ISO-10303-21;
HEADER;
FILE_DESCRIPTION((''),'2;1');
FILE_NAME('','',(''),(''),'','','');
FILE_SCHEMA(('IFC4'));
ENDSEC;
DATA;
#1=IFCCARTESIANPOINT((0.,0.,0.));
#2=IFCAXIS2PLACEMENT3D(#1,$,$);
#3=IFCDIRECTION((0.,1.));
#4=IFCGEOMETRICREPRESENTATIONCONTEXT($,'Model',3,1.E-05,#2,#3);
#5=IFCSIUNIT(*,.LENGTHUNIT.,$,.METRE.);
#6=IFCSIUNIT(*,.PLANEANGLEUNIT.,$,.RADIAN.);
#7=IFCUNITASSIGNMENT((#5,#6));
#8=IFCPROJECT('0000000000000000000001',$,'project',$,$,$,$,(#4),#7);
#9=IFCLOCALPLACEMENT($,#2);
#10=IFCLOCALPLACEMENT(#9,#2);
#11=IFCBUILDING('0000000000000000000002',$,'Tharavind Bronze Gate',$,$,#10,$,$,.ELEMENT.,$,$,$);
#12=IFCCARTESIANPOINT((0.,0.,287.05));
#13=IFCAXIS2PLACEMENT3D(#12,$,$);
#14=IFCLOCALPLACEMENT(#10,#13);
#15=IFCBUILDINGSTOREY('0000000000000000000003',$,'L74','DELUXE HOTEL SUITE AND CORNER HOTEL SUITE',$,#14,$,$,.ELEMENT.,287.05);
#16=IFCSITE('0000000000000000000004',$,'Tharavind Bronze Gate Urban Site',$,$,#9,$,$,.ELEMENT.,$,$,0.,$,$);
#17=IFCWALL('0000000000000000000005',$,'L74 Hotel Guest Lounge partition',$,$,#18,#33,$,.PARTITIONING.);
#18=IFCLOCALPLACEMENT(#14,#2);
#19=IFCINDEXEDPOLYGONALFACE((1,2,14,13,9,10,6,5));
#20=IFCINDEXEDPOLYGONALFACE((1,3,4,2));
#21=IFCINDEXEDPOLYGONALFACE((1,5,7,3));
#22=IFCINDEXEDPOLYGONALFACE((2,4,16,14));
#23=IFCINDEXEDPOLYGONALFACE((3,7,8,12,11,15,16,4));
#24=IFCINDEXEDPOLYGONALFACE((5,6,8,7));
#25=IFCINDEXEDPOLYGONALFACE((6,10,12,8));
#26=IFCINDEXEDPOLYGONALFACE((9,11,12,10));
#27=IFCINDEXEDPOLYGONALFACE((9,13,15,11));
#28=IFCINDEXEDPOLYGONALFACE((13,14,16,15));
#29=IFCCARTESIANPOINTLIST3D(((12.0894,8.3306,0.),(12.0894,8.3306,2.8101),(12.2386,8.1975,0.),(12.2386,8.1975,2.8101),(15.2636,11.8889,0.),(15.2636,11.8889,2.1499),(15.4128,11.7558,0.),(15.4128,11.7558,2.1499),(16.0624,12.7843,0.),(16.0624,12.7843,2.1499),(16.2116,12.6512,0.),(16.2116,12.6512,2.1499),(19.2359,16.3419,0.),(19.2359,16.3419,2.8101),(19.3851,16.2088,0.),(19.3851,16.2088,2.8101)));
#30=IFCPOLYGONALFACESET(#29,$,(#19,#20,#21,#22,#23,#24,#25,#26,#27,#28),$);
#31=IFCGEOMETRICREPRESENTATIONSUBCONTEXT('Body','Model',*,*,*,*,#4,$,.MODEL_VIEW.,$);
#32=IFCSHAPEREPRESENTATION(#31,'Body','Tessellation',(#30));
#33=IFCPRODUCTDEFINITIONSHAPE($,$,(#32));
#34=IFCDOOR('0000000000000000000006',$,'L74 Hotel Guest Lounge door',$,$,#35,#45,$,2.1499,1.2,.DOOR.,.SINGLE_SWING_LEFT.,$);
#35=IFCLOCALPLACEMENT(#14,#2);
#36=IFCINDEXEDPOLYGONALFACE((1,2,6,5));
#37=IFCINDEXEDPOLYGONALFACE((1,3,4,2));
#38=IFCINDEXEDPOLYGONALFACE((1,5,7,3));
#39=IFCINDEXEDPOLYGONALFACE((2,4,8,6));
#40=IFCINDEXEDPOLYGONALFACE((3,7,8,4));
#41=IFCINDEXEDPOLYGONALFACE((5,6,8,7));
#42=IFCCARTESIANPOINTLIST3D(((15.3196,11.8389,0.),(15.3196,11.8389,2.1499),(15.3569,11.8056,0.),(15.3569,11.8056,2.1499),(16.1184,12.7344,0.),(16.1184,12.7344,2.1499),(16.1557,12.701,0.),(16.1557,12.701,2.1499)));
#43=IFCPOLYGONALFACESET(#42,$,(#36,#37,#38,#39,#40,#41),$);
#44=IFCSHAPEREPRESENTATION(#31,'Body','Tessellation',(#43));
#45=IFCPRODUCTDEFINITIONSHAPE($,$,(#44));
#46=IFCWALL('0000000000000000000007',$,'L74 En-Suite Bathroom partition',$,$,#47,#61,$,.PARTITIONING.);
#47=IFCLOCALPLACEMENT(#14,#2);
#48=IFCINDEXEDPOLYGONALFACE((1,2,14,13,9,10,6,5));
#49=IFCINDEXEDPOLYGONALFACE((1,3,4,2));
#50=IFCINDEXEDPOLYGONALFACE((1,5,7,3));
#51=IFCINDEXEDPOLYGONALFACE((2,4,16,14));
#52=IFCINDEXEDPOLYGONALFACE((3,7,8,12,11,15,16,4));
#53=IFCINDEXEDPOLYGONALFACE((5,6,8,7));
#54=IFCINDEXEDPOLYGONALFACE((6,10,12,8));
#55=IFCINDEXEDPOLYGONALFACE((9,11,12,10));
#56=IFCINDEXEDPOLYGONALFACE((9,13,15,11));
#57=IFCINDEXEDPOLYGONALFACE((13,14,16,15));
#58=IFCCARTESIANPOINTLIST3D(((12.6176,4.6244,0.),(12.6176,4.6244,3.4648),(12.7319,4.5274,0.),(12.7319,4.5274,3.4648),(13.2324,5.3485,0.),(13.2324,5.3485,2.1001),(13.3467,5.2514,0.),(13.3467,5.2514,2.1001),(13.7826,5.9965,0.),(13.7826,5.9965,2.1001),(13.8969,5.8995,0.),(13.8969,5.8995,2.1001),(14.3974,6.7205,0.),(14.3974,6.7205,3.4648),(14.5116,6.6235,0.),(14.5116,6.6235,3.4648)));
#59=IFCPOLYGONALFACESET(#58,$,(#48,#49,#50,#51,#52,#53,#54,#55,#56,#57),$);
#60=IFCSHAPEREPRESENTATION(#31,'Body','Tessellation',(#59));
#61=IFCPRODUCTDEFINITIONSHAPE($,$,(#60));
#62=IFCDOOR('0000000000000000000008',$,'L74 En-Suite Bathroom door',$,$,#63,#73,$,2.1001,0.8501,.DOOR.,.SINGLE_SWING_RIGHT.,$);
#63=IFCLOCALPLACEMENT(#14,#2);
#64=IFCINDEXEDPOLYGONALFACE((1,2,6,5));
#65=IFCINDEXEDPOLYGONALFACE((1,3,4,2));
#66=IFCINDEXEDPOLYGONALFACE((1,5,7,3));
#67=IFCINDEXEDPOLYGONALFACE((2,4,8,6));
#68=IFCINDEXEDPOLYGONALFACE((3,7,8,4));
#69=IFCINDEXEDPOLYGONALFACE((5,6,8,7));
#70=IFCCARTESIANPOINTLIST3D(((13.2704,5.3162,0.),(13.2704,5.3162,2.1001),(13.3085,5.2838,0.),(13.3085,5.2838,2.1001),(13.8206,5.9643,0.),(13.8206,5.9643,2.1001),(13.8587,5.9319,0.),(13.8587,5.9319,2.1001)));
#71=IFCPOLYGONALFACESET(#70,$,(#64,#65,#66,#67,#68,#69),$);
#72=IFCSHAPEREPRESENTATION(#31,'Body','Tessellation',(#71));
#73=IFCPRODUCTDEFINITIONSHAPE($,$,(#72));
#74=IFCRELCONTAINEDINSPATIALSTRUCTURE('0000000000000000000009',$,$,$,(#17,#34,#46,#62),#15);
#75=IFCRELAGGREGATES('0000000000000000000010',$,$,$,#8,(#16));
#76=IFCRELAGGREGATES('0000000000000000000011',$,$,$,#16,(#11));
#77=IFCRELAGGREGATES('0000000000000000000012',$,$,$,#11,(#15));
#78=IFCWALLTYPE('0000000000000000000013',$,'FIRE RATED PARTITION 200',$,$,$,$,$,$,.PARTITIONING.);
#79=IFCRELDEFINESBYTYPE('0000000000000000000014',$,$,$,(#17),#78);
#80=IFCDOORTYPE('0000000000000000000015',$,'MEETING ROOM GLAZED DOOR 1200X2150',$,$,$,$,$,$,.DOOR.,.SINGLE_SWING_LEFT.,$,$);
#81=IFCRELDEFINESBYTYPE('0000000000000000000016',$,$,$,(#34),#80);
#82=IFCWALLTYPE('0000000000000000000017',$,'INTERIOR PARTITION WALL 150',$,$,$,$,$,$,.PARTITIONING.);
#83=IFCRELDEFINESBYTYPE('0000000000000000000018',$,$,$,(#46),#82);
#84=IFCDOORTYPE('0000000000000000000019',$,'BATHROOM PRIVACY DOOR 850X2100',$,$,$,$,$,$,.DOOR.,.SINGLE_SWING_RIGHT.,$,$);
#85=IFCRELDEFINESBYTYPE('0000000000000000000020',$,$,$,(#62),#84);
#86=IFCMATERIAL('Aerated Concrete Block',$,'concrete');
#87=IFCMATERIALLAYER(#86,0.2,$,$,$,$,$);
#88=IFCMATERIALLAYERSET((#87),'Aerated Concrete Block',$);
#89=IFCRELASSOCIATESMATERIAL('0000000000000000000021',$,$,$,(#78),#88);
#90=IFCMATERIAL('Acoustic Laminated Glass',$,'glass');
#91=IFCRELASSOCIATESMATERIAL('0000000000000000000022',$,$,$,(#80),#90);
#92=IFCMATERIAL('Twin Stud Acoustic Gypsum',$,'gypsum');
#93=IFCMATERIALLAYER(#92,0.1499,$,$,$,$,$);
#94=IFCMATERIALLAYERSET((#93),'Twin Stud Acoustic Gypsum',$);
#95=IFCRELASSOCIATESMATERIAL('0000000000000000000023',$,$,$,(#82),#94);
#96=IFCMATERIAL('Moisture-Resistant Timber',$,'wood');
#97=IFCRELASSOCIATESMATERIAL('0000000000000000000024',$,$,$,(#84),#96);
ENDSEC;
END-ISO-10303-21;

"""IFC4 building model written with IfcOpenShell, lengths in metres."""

from ifc_helpers import new_model, si_unit, direction, frame, frame_2d, origin, place, context, subcontext, project, spatial, rectangle, extrude, material, layer, layer_set, type_object, element, fill, save


model = new_model("IFC4")

# Units and contexts
model_context = context("Model", 3, precision=1e-05, world=origin(), true_north=direction((0.0, 1.0)))
body_context = subcontext(model_context, "Body", "Model", "MODEL_VIEW")
ifc_project = project(units=[si_unit("LENGTHUNIT", "METRE"), si_unit("PLANEANGLEUNIT", "RADIAN")], contexts=[model_context])

# Site, building, storey
site_placement = place(None, origin())
site = spatial("IfcSite", under=ifc_project, at=site_placement, Name="Tharavind Bronze Gate Urban Site", CompositionType="ELEMENT", RefElevation=0.0)
building_placement = place(site_placement, origin())
building = spatial("IfcBuilding", under=site, at=building_placement, Name="Tharavind Bronze Gate", CompositionType="ELEMENT")
storey_placement = place(building_placement, frame((0.0, 0.0, 287.05)))
storey = spatial("IfcBuildingStorey", under=building, at=storey_placement, Name="L74", Description="DELUXE HOTEL SUITE AND CORNER HOTEL SUITE", CompositionType="ELEMENT", Elevation=287.05)

# Shared definitions
ifc_material_1 = material(Name="Aerated Concrete Block", Category="concrete")
ifc_layer_1 = layer(ifc_material_1, 0.2)
ifc_layer_set_1 = layer_set([ifc_layer_1], Name="Aerated Concrete Block")
wall_type_1 = type_object("IfcWallType", Name="FIRE RATED PARTITION 200", PredefinedType="PARTITIONING", material=ifc_layer_set_1)

# Walls, openings, doors
wall_1_placement = place(storey_placement, frame((12.1641, 8.2642, 0.0), z_axis=(0.0, 0.0, 1.0), x_axis=(0.665684, 0.746234, 0.0)))
wall_1 = element("IfcWall", 1, at=wall_1_placement, inside=storey, type_object=wall_type_1, Name="L74 Hotel Guest Lounge partition", PredefinedType="PARTITIONING", context=body_context, shape_type="SweptSolid", body=[
    extrude(rectangle(XDim=10.7356, YDim=0.2, at=frame_2d((5.3677, 0.0))), origin(), (0.0, 0.0, 1.0), 2.8101),
])
opening_1_placement = place(wall_1_placement, frame((4.7681, 0.0, 0.0)))
opening_1 = element("IfcOpeningElement", 2, at=opening_1_placement, cuts=wall_1, PredefinedType="OPENING", context=body_context, shape_type="SweptSolid", body=[
    extrude(rectangle(XDim=1.2, YDim=2.1499, at=frame_2d((0.6001, 1.075))), frame((0.0, 0.1101, 0.0), z_axis=(0.0, -1.0, 0.0), x_axis=(1.0, 0.0, 0.0)), (0.0, 0.0, 1.0), 0.22),
])
ifc_material_2 = material(Name="Acoustic Laminated Glass", Category="glass")
door_type_1 = type_object("IfcDoorType", Name="MEETING ROOM GLAZED DOOR 1200X2150", OperationType="SINGLE_SWING_LEFT", PredefinedType="DOOR", material=ifc_material_2)
door_1_placement = place(opening_1_placement, origin())
door_1 = element("IfcDoor", 3, at=door_1_placement, inside=storey, type_object=door_type_1, Name="L74 Hotel Guest Lounge door", OperationType="SINGLE_SWING_LEFT", OverallHeight=2.1499, OverallWidth=1.2, PredefinedType="DOOR", context=body_context, shape_type="SweptSolid", body=[
    extrude(rectangle(XDim=1.2, YDim=2.1499, at=frame_2d((0.6001, 1.075))), frame((0.0, 0.0249, 0.0), z_axis=(0.0, -1.0, 0.0), x_axis=(1.0, 0.0, 0.0)), (0.0, 0.0, 1.0), 0.05),
])
fill(opening_1, door_1)
ifc_material_3 = material(Name="Twin Stud Acoustic Gypsum", Category="gypsum")
ifc_layer_2 = layer(ifc_material_3, 0.1499)
ifc_layer_set_2 = layer_set([ifc_layer_2], Name="Twin Stud Acoustic Gypsum")
wall_type_2 = type_object("IfcWallType", Name="INTERIOR PARTITION WALL 150", PredefinedType="PARTITIONING", material=ifc_layer_set_2)
wall_2_placement = place(storey_placement, frame((14.4546, 6.6721, 0.0), z_axis=(0.0, 0.0, 1.0), x_axis=(-0.647231, -0.762294, 0.0)))
wall_2 = element("IfcWall", 4, at=wall_2_placement, inside=storey, type_object=wall_type_2, Name="L74 En-Suite Bathroom partition", PredefinedType="PARTITIONING", context=body_context, shape_type="SweptSolid", body=[
    extrude(rectangle(XDim=2.7498, YDim=0.1499, at=frame_2d((1.375, 0.0))), origin(), (0.0, 0.0, 1.0), 3.4648),
])
opening_2_placement = place(wall_2_placement, frame((0.95, 0.0, 0.0)))
opening_2 = element("IfcOpeningElement", 5, at=opening_2_placement, cuts=wall_2, PredefinedType="OPENING", context=body_context, shape_type="SweptSolid", body=[
    extrude(rectangle(XDim=0.8501, YDim=2.1001, at=frame_2d((0.425, 1.05))), frame((0.0, 0.085, 0.0), z_axis=(0.0, -1.0, 0.0), x_axis=(1.0, 0.0, 0.0)), (0.0, 0.0, 1.0), 0.1699),
])
ifc_material_4 = material(Name="Moisture-Resistant Timber", Category="wood")
door_type_2 = type_object("IfcDoorType", Name="BATHROOM PRIVACY DOOR 850X2100", OperationType="SINGLE_SWING_RIGHT", PredefinedType="DOOR", material=ifc_material_4)
door_2_placement = place(opening_2_placement, origin())
door_2 = element("IfcDoor", 6, at=door_2_placement, inside=storey, type_object=door_type_2, Name="L74 En-Suite Bathroom door", OperationType="SINGLE_SWING_RIGHT", OverallHeight=2.1001, OverallWidth=0.8501, PredefinedType="DOOR", context=body_context, shape_type="SweptSolid", body=[
    extrude(rectangle(XDim=0.8501, YDim=2.1001, at=frame_2d((0.425, 1.05))), frame((0.0, 0.0249, 0.0), z_axis=(0.0, -1.0, 0.0), x_axis=(1.0, 0.0, 0.0)), (0.0, 0.0, 1.0), 0.05),
])
fill(opening_2, door_2)

save(model, "model.ifc")
